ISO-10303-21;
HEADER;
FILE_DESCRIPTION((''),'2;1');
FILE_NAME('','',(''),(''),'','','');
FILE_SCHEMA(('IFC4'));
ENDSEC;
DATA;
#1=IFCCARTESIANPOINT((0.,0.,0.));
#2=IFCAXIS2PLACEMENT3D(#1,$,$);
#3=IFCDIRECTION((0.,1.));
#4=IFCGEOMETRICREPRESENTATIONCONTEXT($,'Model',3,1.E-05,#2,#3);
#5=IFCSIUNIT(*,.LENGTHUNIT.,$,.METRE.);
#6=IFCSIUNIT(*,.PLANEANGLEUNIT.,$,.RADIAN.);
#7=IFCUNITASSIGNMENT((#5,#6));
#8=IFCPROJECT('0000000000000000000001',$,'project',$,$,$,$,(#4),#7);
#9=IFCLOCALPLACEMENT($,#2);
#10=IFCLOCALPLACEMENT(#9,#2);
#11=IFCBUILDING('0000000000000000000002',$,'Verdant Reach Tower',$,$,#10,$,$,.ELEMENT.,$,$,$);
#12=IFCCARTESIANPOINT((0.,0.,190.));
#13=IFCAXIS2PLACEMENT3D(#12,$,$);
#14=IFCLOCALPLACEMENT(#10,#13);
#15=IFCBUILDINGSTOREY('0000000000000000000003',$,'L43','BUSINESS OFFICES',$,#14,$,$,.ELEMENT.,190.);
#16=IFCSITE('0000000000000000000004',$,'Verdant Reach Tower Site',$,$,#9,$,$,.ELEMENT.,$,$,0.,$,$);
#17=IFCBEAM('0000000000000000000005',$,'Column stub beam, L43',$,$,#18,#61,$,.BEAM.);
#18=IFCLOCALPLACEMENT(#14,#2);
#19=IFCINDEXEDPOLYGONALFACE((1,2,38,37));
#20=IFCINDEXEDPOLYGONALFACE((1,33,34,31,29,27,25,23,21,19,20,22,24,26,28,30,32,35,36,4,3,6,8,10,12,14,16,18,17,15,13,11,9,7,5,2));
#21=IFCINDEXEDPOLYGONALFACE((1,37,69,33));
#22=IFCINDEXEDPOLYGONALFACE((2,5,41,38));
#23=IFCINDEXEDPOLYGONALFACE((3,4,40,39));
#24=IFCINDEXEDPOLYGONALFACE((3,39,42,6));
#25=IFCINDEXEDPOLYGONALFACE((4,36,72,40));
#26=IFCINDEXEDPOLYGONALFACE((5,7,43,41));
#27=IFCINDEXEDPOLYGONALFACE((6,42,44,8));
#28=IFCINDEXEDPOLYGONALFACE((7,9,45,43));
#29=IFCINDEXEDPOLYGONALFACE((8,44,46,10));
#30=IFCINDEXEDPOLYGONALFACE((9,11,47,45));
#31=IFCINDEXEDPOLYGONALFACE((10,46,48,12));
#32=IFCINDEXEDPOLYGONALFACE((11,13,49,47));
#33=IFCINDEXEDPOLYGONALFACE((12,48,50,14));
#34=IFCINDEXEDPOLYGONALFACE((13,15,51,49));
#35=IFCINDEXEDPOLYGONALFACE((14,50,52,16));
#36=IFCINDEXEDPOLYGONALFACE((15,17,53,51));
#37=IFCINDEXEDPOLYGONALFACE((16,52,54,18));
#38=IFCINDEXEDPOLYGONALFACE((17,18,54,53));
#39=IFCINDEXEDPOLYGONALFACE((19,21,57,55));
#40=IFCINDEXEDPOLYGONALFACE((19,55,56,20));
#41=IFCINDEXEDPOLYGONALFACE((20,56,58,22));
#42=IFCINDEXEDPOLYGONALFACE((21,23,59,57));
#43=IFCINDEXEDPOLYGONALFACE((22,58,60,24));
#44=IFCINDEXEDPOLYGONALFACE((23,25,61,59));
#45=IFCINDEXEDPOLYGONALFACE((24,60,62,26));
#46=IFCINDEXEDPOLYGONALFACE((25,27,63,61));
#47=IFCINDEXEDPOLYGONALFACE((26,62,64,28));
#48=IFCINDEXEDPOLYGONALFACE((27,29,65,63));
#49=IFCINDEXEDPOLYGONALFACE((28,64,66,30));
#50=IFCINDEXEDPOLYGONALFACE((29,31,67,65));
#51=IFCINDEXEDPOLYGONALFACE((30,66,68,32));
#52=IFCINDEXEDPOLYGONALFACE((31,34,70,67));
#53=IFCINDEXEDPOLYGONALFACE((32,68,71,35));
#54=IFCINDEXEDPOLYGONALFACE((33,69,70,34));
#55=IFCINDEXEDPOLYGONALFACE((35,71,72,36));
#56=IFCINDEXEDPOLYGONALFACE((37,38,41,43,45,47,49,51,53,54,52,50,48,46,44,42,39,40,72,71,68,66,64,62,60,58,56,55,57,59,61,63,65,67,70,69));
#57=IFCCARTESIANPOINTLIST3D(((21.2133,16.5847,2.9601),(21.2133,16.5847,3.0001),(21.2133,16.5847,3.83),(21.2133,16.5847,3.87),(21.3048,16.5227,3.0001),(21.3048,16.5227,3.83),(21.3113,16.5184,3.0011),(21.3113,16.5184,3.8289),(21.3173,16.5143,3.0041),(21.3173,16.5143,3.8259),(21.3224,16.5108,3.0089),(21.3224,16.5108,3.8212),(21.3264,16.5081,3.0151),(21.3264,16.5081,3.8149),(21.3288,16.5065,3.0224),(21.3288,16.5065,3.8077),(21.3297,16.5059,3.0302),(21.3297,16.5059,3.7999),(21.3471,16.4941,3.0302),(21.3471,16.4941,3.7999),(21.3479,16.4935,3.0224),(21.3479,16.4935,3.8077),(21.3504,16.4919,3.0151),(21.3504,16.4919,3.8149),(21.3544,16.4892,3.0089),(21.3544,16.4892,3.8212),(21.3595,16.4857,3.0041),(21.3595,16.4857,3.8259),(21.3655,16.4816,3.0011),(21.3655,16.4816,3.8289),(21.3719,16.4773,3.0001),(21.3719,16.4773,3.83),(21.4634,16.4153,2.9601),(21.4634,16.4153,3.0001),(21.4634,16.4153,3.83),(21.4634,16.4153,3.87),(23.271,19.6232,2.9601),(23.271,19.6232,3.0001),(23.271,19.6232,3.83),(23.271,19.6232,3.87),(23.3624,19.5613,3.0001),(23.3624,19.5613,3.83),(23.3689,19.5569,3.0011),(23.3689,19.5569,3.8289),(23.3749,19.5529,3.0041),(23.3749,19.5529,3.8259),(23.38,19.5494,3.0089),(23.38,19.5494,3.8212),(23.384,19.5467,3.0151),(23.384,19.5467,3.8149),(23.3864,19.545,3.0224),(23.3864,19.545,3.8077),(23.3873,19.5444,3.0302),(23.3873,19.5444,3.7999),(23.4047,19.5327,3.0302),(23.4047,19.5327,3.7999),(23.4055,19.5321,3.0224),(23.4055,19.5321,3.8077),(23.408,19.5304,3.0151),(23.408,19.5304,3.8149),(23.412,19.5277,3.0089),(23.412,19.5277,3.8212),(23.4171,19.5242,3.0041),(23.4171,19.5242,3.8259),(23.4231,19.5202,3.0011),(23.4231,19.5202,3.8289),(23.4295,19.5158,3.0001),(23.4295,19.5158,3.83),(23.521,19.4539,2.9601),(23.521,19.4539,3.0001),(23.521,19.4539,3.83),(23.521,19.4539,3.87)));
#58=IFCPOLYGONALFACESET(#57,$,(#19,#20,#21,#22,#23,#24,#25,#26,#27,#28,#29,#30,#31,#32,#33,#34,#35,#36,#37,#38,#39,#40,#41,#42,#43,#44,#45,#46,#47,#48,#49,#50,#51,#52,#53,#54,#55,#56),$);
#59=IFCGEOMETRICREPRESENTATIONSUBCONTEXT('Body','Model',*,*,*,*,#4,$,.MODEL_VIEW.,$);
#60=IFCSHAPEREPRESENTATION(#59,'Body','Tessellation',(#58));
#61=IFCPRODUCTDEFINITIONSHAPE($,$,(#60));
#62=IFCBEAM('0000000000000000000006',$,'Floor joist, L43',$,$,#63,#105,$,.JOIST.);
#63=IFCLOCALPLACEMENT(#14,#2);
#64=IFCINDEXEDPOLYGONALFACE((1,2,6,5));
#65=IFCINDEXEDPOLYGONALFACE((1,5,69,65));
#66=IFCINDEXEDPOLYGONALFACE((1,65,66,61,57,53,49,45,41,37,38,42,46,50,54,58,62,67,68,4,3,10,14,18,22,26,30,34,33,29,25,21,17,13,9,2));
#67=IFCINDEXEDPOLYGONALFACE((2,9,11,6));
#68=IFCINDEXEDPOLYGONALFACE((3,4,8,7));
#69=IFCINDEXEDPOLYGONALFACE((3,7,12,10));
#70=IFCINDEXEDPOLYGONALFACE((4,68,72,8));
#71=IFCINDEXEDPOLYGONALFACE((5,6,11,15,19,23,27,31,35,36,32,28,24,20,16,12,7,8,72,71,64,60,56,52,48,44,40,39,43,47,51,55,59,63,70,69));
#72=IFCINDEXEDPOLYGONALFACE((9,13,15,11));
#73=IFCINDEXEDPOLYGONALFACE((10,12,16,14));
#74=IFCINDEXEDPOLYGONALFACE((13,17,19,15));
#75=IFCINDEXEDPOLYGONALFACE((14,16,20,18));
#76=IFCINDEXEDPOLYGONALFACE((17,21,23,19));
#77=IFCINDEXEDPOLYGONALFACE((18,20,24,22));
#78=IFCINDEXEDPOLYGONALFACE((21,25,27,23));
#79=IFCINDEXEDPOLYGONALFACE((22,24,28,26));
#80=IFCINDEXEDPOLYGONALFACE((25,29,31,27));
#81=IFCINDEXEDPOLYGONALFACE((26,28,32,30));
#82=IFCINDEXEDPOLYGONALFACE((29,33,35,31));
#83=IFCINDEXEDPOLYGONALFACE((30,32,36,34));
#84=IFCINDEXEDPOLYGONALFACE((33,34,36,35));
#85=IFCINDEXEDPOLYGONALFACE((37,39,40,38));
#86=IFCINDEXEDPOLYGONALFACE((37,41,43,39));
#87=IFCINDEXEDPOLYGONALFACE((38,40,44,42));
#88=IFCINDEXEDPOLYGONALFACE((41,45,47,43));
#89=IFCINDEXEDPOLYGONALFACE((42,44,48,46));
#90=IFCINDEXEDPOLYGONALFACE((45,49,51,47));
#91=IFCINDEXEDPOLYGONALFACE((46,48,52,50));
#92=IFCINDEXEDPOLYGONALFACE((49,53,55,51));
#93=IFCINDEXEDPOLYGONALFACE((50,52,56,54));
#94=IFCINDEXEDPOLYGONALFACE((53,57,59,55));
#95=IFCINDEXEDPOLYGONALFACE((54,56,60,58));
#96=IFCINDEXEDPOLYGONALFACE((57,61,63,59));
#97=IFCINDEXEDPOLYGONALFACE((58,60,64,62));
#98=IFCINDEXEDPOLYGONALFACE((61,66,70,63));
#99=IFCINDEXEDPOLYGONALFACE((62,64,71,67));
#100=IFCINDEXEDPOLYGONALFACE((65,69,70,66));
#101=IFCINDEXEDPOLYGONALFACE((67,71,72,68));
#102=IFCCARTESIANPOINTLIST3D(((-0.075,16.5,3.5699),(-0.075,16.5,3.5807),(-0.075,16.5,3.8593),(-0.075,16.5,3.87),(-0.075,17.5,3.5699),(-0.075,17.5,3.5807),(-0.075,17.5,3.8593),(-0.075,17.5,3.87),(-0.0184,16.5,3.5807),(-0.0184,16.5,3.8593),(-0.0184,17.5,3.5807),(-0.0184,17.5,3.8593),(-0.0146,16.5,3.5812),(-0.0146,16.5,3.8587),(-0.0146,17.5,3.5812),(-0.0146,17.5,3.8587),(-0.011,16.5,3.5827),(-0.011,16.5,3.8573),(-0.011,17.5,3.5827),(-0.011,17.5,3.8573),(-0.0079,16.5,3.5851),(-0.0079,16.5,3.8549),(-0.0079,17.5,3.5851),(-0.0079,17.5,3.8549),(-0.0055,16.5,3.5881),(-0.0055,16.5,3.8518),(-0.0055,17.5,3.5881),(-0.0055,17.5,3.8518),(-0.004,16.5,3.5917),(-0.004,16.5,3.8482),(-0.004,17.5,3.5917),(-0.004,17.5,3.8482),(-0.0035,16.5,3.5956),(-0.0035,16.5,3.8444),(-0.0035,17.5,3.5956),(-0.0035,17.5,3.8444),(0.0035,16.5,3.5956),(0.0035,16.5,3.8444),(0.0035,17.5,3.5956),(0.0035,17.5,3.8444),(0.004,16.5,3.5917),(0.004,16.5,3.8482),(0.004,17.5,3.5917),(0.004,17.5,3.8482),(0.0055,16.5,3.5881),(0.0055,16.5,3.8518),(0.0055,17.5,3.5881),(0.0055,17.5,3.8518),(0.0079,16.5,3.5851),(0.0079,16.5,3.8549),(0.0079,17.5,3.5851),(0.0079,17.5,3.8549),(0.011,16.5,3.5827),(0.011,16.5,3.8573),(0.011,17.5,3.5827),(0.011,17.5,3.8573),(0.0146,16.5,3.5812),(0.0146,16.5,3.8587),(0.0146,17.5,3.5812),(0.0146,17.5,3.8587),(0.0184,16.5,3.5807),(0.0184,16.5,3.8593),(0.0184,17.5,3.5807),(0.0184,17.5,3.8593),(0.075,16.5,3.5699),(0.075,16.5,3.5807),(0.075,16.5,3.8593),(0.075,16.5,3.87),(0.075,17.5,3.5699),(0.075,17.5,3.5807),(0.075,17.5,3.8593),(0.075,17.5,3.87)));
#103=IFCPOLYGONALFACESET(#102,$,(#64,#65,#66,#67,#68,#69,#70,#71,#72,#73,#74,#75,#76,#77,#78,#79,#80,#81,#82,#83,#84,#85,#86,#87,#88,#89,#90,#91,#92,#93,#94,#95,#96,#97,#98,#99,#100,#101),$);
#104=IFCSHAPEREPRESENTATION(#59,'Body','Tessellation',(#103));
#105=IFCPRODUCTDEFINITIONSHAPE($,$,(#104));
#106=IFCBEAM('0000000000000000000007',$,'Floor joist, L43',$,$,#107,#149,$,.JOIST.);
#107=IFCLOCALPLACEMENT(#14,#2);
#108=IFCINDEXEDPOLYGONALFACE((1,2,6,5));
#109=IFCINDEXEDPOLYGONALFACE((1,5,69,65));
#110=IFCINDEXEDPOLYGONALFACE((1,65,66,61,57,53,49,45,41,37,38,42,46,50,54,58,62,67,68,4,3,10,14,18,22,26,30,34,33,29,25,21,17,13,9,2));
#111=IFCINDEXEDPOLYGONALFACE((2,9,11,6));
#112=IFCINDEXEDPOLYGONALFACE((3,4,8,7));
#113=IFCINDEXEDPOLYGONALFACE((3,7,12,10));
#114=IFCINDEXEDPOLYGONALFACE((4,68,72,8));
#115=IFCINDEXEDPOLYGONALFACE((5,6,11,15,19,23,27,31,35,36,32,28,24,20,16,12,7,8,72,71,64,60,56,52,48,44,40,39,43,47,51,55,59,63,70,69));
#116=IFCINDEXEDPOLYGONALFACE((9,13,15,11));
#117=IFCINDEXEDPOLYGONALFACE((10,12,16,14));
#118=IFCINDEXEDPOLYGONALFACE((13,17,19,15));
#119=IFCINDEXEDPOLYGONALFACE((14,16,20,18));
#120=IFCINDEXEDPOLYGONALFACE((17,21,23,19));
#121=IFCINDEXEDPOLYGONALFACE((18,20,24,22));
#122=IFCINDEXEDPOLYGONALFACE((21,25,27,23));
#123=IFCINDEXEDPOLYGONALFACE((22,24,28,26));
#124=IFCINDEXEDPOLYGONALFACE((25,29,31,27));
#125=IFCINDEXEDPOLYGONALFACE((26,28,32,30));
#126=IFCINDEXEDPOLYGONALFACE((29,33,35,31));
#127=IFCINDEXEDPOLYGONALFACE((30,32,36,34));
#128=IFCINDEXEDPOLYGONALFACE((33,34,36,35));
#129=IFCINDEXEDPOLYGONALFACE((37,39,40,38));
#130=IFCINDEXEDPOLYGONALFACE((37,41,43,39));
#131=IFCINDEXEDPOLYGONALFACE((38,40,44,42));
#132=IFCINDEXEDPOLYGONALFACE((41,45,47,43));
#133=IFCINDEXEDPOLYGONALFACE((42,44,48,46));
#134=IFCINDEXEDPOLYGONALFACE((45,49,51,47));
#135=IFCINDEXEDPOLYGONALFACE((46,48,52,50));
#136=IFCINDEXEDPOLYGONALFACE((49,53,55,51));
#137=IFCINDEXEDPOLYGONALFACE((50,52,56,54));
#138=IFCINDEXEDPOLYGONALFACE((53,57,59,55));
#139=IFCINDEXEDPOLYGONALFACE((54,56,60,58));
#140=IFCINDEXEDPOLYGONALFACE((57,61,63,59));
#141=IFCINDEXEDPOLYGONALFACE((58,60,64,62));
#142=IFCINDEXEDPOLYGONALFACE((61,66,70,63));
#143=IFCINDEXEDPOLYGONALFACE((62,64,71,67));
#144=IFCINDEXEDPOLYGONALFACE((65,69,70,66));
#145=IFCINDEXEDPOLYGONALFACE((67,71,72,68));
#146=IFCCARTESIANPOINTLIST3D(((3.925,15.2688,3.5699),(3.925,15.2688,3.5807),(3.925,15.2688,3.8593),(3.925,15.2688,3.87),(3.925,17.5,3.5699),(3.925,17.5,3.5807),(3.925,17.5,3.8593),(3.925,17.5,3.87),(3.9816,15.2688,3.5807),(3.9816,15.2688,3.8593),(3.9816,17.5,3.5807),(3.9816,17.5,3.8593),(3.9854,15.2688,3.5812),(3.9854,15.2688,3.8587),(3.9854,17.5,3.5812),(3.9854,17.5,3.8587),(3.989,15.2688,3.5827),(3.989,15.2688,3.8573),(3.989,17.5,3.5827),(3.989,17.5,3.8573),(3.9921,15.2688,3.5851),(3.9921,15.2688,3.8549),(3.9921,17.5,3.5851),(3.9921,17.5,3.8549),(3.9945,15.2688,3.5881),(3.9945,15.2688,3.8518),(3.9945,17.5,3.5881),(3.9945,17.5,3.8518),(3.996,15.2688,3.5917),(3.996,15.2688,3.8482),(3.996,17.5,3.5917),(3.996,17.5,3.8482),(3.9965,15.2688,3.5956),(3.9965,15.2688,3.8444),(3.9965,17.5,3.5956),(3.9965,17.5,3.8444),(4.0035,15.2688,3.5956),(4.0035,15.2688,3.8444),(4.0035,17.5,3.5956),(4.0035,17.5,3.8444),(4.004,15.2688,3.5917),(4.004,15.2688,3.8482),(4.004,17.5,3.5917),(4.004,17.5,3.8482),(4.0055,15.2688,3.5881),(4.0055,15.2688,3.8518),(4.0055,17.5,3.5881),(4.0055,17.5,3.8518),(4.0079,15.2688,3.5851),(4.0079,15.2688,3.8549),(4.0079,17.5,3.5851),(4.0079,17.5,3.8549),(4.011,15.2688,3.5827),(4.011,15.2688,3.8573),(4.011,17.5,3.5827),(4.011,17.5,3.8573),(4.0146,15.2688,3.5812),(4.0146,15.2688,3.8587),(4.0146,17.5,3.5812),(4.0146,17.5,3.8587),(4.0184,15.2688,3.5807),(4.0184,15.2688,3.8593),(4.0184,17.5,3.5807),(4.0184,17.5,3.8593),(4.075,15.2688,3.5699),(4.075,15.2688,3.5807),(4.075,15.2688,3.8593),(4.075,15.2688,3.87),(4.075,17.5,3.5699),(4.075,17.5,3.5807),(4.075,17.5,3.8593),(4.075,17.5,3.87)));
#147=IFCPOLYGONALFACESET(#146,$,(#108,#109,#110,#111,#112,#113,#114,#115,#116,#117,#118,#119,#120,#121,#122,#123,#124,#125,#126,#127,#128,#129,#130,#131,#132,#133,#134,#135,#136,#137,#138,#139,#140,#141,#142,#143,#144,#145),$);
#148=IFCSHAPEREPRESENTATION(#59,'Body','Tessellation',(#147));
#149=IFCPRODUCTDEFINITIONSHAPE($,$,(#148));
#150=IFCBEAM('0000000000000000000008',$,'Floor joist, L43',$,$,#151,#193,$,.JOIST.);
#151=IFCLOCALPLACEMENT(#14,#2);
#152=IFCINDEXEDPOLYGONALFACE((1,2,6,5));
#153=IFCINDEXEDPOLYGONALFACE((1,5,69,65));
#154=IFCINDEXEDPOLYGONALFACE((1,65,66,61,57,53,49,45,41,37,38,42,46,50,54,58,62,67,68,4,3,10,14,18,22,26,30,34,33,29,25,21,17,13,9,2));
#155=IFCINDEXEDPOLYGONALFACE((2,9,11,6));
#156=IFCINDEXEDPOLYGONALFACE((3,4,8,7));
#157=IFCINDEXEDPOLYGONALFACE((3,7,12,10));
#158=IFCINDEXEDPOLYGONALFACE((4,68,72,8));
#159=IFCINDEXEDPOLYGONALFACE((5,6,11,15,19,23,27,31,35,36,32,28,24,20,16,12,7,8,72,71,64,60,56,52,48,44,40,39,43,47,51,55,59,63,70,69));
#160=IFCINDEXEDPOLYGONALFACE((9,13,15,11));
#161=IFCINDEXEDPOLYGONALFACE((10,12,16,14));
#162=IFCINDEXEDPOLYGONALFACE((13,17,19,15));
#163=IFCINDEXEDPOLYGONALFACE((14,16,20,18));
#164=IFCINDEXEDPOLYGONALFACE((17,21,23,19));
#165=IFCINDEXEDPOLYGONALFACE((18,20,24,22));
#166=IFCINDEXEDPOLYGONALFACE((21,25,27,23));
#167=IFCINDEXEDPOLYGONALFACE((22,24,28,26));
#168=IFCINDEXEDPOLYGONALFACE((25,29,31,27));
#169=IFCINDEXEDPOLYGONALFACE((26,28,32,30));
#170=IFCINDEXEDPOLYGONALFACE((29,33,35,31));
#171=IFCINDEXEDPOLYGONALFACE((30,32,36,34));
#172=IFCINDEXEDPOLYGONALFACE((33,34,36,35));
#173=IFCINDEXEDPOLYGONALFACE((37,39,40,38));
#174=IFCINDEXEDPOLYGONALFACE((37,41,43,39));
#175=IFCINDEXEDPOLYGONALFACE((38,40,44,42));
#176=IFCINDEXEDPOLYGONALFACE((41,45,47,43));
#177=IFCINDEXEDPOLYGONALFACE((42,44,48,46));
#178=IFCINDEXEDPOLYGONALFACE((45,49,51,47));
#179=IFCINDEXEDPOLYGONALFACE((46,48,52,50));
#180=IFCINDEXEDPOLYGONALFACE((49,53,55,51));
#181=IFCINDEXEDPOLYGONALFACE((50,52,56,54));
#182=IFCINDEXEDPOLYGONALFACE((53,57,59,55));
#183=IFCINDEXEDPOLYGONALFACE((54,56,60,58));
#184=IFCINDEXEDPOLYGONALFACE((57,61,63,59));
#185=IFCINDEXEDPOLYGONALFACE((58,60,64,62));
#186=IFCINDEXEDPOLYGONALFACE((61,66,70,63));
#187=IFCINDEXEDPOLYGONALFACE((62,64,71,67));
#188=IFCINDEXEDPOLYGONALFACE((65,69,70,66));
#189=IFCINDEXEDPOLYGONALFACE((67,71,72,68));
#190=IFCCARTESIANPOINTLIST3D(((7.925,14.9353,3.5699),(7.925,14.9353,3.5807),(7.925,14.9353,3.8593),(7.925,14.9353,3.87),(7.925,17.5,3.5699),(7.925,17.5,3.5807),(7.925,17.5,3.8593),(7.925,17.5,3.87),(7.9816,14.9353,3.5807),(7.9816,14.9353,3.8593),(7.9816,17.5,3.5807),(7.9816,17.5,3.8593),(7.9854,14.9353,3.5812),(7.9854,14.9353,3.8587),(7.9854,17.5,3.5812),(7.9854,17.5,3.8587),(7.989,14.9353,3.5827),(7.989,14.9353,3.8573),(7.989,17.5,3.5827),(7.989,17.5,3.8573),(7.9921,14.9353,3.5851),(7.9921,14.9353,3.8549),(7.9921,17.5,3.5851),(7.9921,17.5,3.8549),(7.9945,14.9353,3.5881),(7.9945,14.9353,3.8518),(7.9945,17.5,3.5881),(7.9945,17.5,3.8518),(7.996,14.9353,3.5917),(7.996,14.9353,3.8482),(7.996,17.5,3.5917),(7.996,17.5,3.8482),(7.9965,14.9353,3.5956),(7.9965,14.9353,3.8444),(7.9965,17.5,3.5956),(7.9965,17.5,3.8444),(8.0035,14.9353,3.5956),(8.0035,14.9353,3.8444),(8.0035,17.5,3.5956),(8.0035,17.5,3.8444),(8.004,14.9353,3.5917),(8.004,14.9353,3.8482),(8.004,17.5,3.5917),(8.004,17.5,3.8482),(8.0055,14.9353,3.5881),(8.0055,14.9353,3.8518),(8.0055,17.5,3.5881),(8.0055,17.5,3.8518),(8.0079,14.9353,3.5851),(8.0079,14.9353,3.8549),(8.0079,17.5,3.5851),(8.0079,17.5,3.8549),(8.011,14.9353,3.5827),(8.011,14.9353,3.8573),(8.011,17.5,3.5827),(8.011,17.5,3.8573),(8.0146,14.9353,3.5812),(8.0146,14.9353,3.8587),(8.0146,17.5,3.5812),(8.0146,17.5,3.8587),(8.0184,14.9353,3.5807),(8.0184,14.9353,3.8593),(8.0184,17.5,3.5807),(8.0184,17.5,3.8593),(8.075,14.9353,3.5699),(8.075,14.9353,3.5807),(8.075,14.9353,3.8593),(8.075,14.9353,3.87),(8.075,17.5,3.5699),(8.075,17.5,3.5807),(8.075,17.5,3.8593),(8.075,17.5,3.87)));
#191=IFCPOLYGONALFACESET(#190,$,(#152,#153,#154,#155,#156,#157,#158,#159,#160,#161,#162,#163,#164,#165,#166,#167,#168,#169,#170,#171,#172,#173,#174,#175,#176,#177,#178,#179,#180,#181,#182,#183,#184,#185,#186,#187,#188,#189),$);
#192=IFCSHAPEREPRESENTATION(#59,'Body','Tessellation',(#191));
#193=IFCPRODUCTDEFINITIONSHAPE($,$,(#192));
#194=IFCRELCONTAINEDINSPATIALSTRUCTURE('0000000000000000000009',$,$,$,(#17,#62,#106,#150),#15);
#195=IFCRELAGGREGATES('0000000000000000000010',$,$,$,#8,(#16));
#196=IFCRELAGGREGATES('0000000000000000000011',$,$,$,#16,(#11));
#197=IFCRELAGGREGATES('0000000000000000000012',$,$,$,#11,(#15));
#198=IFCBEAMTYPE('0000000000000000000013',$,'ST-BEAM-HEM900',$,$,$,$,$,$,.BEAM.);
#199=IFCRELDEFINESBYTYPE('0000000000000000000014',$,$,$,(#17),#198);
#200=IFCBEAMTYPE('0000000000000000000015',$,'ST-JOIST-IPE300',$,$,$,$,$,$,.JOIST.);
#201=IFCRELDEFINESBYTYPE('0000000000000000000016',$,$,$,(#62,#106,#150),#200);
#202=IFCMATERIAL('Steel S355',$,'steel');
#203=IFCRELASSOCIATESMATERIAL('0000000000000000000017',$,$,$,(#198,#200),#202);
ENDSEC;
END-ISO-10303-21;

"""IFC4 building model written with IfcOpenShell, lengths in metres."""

from ifc_helpers import new_model, si_unit, direction, frame, origin, origin_2d, place, context, subcontext, project, spatial, i_section, extrude, material, material_profile, profile_set, type_object, element, save


model = new_model("IFC4")

# Units and contexts
model_context = context("Model", 3, precision=1e-05, world=origin(), true_north=direction((0.0, 1.0)))
body_context = subcontext(model_context, "Body", "Model", "MODEL_VIEW")
ifc_project = project(units=[si_unit("LENGTHUNIT", "METRE"), si_unit("PLANEANGLEUNIT", "RADIAN")], contexts=[model_context])

# Site, building, storey
site_placement = place(None, origin())
site = spatial("IfcSite", under=ifc_project, at=site_placement, Name="Verdant Reach Tower Site", CompositionType="ELEMENT", RefElevation=0.0)
building_placement = place(site_placement, origin())
building = spatial("IfcBuilding", under=site, at=building_placement, Name="Verdant Reach Tower", CompositionType="ELEMENT")
storey_placement = place(building_placement, frame((0.0, 0.0, 190.0)))
storey = spatial("IfcBuildingStorey", under=building, at=storey_placement, Name="L43", Description="BUSINESS OFFICES", CompositionType="ELEMENT", Elevation=190.0)

# Beams
ifc_material_1 = material(Name="Steel S355", Category="steel")
ifc_material_profile_1 = material_profile(ifc_material_1, i_section(OverallWidth=0.302, OverallDepth=0.9099, WebThickness=0.021, FlangeThickness=0.04, FilletRadius=0.03, at=origin_2d()), Name="HEM 900")
ifc_profile_set_1 = profile_set([ifc_material_profile_1], Name="Steel S355")
beam_type_1 = type_object("IfcBeamType", Name="ST-BEAM-HEM900", PredefinedType="BEAM", material=ifc_profile_set_1)
beam_1_placement = place(storey_placement, frame((21.3384, 16.5, 3.415), z_axis=(0.560704, 0.828016, 0.0), x_axis=(-0.828016, 0.560704, 0.0)))
element("IfcBeam", 1, at=beam_1_placement, inside=storey, type_object=beam_type_1, Name="Column stub beam, L43", PredefinedType="BEAM", context=body_context, shape_type="SweptSolid", body=[
    extrude(i_section(OverallWidth=0.302, OverallDepth=0.9099, WebThickness=0.021, FlangeThickness=0.04, FilletRadius=0.03, at=origin_2d()), origin(), (0.0, 0.0, 1.0), 3.6697),
])
ifc_material_profile_2 = material_profile(ifc_material_1, i_section(OverallWidth=0.1499, OverallDepth=0.3, WebThickness=0.0071, FlangeThickness=0.0107, FilletRadius=0.0149, at=origin_2d()), Name="IPE 300")
ifc_profile_set_2 = profile_set([ifc_material_profile_2], Name="Steel S355")
beam_type_2 = type_object("IfcBeamType", Name="ST-JOIST-IPE300", PredefinedType="JOIST", material=ifc_profile_set_2)
beam_2_placement = place(storey_placement, frame((0.0, 17.5, 3.72), z_axis=(0.0, -1.0, 0.0), x_axis=(1.0, 0.0, 0.0)))
element("IfcBeam", 2, at=beam_2_placement, inside=storey, type_object=beam_type_2, Name="Floor joist, L43", PredefinedType="JOIST", context=body_context, shape_type="SweptSolid", body=[
    extrude(i_section(OverallWidth=0.1499, OverallDepth=0.3, WebThickness=0.0071, FlangeThickness=0.0107, FilletRadius=0.0149, at=origin_2d()), origin(), (0.0, 0.0, 1.0), 1.0),
])
beam_3_placement = place(storey_placement, frame((4.0, 17.5, 3.72), z_axis=(0.0, -1.0, 0.0), x_axis=(1.0, 0.0, 0.0)))
element("IfcBeam", 3, at=beam_3_placement, inside=storey, type_object=beam_type_2, Name="Floor joist, L43", PredefinedType="JOIST", context=body_context, shape_type="SweptSolid", body=[
    extrude(i_section(OverallWidth=0.1499, OverallDepth=0.3, WebThickness=0.0071, FlangeThickness=0.0107, FilletRadius=0.0149, at=origin_2d()), origin(), (0.0, 0.0, 1.0), 2.2312),
])
beam_4_placement = place(storey_placement, frame((8.0, 17.5, 3.72), z_axis=(0.0, -1.0, 0.0), x_axis=(1.0, 0.0, 0.0)))
element("IfcBeam", 4, at=beam_4_placement, inside=storey, type_object=beam_type_2, Name="Floor joist, L43", PredefinedType="JOIST", context=body_context, shape_type="SweptSolid", body=[
    extrude(i_section(OverallWidth=0.1499, OverallDepth=0.3, WebThickness=0.0071, FlangeThickness=0.0107, FilletRadius=0.0149, at=origin_2d()), origin(), (0.0, 0.0, 1.0), 2.5647),
])

save(model, "model.ifc")
